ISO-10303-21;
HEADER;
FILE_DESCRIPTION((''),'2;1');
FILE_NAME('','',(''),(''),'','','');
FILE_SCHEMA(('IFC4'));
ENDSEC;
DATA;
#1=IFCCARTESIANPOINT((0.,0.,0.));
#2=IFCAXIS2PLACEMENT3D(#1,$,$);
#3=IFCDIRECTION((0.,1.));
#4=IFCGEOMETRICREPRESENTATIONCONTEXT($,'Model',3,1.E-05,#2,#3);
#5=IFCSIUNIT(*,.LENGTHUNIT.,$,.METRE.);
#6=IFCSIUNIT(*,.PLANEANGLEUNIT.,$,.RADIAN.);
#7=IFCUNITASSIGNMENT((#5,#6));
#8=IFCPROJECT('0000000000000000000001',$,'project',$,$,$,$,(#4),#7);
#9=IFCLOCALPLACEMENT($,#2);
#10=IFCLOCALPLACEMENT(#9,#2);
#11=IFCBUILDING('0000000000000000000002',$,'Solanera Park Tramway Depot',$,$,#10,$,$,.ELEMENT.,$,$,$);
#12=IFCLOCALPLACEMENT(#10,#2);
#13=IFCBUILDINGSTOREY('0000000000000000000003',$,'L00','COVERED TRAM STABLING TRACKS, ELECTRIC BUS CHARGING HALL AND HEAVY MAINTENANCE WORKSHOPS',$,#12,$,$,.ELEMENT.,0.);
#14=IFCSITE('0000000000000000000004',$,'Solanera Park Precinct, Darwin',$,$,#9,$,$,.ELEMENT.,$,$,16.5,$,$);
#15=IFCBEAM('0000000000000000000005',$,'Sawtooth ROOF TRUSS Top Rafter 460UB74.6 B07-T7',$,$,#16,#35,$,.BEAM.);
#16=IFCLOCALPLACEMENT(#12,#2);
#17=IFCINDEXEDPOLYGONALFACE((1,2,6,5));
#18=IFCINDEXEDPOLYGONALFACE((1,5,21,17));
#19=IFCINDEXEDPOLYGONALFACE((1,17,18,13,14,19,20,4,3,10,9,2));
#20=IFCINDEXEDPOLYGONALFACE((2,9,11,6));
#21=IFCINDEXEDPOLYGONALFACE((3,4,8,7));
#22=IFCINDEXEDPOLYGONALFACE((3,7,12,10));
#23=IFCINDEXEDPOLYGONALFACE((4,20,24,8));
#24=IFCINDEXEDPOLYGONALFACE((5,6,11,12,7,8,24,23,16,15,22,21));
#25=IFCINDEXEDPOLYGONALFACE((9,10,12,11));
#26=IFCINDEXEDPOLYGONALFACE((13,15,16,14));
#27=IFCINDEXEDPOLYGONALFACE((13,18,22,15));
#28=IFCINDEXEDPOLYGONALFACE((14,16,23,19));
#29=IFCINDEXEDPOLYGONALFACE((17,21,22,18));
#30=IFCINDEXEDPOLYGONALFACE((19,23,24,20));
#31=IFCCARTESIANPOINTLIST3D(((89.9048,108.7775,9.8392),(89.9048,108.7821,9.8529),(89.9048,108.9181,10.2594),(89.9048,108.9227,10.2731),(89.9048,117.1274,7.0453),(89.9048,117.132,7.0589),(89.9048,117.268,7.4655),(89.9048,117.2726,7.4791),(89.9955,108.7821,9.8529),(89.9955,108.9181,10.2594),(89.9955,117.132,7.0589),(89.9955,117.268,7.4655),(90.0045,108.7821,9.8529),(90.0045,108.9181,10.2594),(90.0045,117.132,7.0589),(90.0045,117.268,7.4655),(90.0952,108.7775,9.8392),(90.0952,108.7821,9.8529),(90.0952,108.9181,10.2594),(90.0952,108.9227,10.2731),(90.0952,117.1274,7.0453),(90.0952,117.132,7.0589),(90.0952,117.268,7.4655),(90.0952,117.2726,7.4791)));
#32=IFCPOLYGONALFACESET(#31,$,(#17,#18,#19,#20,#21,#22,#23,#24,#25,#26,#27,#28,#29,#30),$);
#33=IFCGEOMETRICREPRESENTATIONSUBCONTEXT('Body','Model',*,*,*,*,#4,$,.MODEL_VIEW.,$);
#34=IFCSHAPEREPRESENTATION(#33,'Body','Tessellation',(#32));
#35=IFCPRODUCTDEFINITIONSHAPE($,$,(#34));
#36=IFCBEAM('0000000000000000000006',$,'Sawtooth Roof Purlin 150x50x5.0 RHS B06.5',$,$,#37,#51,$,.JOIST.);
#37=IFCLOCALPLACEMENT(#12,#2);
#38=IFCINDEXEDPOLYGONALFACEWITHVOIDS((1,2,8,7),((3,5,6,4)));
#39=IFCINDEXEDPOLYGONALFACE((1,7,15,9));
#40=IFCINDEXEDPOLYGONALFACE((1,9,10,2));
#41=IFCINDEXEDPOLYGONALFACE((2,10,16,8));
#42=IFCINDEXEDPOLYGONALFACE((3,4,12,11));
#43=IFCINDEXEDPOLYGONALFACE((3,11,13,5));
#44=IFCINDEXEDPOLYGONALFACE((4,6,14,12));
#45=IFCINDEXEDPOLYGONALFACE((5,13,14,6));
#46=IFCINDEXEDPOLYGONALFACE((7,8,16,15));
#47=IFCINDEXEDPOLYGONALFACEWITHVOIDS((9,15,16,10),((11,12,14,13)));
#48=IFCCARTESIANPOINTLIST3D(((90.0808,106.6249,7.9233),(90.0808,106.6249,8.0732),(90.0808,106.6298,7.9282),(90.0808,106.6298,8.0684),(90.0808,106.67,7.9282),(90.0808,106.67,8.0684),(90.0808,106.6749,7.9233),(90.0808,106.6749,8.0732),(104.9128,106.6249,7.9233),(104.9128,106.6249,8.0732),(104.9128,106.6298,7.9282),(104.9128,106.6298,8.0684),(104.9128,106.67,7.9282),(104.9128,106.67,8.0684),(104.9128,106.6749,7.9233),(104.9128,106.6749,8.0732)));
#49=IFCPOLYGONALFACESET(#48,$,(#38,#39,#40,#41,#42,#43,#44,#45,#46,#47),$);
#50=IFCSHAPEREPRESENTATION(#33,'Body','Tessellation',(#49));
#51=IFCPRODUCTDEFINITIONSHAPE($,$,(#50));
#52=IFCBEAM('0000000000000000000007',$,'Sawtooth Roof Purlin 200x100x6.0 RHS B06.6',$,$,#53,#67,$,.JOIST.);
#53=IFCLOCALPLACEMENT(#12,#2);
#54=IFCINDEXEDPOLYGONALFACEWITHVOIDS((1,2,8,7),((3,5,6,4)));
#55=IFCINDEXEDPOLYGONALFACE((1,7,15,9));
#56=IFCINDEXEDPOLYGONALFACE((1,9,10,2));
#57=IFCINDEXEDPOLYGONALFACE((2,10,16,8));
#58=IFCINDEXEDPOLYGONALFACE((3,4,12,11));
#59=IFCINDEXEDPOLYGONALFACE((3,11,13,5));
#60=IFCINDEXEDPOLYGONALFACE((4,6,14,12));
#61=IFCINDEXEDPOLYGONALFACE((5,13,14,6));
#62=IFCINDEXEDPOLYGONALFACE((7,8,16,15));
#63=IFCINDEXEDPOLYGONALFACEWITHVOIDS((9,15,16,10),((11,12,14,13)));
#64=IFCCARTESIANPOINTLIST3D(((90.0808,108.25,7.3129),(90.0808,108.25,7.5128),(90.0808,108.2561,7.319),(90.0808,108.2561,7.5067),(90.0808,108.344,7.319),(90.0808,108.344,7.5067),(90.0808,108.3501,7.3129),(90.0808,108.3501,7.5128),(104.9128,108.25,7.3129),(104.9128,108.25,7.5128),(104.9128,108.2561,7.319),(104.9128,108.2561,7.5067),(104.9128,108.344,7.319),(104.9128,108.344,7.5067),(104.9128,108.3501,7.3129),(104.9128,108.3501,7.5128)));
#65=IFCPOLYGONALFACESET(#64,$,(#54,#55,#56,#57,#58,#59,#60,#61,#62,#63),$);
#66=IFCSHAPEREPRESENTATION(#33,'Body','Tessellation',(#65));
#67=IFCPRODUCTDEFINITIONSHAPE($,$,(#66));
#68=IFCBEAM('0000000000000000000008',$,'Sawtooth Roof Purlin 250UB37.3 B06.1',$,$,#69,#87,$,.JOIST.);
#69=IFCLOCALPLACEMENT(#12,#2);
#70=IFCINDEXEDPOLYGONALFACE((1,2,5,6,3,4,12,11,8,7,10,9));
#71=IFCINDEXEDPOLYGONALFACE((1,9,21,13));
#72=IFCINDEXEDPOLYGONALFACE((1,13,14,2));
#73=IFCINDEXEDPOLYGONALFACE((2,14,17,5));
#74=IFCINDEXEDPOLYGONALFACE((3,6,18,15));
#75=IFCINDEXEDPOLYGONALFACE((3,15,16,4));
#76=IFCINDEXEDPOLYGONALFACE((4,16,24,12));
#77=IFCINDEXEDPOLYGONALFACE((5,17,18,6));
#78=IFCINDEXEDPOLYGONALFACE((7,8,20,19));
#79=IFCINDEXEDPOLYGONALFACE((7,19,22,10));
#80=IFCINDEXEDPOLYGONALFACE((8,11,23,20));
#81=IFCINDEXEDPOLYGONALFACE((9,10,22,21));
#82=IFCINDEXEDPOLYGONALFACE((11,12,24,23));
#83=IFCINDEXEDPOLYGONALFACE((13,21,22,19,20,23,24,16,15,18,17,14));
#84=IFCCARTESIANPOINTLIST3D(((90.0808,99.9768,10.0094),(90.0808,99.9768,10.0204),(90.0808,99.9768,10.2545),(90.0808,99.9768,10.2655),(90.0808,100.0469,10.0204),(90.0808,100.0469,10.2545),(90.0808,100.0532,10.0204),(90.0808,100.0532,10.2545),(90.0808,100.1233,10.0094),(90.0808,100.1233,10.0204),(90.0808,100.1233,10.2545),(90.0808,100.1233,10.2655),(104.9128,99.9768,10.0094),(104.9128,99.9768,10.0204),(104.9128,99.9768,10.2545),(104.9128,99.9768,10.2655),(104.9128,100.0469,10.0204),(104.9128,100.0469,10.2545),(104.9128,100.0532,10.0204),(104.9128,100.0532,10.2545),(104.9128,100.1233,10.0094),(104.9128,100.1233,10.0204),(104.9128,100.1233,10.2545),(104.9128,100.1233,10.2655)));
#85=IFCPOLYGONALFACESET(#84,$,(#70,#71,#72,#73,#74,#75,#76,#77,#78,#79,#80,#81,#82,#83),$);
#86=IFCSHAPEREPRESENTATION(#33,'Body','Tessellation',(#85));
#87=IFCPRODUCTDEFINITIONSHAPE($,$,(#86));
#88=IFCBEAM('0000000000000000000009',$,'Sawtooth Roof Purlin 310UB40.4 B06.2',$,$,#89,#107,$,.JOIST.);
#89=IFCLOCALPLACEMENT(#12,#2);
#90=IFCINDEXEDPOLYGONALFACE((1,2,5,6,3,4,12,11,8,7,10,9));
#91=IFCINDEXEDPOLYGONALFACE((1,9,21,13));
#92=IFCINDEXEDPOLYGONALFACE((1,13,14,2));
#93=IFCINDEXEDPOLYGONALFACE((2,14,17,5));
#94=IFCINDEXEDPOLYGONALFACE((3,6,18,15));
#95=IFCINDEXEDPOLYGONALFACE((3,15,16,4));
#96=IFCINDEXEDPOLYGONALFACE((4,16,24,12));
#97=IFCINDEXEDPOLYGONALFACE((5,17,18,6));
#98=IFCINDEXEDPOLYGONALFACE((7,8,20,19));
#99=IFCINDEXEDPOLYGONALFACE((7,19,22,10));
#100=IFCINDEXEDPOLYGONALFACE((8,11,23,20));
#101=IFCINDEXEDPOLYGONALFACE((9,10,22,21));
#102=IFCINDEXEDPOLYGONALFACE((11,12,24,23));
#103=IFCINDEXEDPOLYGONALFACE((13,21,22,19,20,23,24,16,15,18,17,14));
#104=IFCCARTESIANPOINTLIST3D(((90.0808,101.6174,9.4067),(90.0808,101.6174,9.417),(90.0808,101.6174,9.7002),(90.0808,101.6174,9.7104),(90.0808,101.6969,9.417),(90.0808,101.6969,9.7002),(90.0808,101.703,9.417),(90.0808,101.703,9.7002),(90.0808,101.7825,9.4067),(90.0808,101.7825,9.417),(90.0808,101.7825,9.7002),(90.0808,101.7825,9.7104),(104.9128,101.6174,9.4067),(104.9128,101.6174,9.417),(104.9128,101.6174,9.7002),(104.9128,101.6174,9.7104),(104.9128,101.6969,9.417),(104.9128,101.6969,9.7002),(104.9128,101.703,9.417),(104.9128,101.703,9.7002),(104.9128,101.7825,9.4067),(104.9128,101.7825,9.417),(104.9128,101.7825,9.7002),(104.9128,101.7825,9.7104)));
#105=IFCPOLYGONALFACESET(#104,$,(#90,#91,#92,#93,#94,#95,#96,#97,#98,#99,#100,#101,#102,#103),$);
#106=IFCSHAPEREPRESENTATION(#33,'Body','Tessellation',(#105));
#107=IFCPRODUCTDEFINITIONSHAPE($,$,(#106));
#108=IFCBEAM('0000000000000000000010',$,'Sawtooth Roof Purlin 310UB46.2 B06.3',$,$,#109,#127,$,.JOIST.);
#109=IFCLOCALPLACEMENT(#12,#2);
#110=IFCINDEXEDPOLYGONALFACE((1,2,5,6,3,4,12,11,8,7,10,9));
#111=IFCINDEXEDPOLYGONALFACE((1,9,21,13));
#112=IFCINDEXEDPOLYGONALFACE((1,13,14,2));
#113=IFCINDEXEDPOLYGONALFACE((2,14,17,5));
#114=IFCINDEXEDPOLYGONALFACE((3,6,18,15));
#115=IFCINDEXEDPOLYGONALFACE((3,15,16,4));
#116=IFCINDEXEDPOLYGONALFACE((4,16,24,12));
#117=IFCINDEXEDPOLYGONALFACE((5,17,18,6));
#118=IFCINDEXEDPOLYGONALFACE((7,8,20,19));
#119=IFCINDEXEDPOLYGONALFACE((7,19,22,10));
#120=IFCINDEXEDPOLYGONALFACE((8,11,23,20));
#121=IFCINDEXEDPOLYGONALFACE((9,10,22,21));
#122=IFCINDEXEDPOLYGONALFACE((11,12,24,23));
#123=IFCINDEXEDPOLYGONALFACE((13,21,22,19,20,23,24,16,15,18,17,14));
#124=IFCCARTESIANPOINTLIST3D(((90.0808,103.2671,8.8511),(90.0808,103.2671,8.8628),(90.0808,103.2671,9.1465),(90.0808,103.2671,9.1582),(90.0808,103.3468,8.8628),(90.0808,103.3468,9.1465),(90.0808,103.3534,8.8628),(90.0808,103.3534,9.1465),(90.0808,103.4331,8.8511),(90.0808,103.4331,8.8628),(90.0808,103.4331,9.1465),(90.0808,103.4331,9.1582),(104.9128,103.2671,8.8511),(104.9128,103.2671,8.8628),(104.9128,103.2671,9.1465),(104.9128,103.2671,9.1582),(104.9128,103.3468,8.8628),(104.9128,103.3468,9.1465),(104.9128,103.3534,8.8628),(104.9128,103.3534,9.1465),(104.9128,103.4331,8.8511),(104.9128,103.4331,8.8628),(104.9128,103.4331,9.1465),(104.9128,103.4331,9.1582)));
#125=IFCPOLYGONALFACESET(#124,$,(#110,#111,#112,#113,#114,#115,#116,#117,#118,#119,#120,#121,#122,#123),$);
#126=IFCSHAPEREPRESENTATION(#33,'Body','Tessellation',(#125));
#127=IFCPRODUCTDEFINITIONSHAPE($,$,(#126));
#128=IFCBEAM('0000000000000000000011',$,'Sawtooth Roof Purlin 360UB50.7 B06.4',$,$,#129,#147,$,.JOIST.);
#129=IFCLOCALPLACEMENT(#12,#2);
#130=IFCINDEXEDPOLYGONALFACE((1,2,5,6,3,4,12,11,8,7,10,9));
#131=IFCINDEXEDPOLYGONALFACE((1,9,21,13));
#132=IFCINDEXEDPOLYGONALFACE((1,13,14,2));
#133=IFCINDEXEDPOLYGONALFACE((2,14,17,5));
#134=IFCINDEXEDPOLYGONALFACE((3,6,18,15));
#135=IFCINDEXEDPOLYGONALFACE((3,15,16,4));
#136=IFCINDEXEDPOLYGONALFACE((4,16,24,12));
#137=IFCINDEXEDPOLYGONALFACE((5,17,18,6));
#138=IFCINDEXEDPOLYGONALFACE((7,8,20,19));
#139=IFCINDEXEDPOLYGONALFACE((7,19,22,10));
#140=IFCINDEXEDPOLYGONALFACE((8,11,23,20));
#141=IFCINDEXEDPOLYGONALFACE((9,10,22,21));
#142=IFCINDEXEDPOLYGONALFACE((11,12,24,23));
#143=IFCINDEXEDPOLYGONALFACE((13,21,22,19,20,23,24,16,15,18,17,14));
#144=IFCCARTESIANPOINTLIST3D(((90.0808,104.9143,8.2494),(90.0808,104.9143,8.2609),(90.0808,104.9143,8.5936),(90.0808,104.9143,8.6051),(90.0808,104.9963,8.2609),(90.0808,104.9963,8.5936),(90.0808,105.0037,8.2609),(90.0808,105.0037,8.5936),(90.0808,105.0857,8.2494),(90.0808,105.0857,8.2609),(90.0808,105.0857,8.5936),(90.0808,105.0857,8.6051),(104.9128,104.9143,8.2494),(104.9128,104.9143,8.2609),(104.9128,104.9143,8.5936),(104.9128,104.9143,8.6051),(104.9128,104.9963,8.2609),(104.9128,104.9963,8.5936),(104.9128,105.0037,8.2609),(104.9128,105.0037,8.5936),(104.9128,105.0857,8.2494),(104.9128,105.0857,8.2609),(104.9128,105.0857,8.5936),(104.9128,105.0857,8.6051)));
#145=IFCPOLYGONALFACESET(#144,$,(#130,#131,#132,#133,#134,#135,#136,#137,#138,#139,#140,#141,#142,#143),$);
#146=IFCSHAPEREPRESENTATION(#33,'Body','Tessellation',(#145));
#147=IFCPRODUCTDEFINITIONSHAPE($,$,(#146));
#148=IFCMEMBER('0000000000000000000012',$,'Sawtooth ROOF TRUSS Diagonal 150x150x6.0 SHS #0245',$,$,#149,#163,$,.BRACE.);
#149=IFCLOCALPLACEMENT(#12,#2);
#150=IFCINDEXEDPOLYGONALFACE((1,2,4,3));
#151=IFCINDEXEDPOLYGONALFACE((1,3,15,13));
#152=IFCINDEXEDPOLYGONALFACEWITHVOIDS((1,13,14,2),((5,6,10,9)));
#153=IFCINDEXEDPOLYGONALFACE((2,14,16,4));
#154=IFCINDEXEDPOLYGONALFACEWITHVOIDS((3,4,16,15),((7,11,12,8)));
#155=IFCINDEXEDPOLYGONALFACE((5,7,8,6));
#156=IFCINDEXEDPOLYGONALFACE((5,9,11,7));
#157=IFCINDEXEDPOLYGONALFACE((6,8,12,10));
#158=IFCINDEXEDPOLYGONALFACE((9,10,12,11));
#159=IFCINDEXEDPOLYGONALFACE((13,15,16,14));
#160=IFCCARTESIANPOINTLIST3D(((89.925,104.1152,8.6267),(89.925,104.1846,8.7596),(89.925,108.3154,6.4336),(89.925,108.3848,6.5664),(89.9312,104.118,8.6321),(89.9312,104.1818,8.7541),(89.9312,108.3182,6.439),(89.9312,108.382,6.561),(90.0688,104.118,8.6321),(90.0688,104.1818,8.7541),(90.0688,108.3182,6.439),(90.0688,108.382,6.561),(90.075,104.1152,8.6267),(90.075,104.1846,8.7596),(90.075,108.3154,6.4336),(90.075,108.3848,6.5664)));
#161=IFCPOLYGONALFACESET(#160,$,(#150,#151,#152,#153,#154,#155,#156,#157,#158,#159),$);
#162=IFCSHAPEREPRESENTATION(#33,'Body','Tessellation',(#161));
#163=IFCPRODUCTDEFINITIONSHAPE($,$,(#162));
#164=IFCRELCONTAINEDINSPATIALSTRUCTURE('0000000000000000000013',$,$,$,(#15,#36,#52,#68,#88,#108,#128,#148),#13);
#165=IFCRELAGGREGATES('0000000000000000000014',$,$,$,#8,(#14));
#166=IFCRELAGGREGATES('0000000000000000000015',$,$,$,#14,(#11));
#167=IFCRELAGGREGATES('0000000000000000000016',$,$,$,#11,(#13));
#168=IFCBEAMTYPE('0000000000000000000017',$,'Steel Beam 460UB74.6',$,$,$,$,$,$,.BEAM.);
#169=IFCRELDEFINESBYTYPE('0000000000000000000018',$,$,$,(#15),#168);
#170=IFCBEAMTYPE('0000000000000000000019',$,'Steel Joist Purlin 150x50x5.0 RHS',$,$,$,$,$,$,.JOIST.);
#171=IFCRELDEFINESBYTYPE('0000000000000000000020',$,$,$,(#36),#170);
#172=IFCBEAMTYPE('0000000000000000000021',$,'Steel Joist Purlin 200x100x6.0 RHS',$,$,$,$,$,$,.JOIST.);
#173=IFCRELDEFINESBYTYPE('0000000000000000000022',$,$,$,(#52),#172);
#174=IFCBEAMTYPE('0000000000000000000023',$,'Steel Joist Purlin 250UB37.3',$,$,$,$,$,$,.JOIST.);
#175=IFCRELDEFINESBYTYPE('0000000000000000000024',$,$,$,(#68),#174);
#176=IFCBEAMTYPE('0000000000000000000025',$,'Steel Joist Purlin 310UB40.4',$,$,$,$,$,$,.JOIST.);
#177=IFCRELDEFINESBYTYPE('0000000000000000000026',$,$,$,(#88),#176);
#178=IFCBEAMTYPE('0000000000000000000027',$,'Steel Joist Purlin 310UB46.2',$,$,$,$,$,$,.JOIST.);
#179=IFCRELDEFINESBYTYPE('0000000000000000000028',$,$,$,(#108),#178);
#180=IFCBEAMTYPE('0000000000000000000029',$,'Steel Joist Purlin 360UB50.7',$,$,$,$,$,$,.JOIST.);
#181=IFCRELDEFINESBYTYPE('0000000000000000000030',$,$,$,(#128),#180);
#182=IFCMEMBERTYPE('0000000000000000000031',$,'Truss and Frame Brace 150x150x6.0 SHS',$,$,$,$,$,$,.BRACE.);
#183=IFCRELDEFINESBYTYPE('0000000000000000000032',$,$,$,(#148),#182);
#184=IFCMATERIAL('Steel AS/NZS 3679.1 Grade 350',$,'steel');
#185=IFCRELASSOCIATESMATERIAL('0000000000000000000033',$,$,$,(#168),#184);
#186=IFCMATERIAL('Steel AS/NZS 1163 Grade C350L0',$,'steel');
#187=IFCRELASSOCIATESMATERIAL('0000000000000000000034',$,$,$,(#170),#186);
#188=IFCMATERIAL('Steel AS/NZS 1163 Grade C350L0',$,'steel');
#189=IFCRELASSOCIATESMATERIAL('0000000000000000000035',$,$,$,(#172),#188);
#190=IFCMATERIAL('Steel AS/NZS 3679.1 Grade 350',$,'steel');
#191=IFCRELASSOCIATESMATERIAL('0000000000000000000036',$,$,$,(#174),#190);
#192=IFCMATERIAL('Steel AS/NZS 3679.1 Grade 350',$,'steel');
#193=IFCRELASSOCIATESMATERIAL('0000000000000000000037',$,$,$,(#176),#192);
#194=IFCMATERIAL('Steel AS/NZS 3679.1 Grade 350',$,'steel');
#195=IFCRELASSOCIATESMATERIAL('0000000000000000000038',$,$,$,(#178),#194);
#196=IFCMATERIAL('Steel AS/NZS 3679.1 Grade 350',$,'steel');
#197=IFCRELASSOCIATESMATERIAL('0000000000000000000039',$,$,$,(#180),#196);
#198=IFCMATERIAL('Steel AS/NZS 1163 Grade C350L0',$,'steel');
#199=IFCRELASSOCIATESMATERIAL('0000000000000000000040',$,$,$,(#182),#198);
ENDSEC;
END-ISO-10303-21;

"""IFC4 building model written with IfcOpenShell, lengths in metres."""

from ifc_helpers import new_model, si_unit, direction, frame, origin, origin_2d, place, context, subcontext, project, spatial, hollow_rectangle, i_section, extrude, material, material_profile, profile_set, type_object, element, save


model = new_model("IFC4")

# Units and contexts
model_context = context("Model", 3, precision=1e-05, world=origin(), true_north=direction((0.0, 1.0)))
body_context = subcontext(model_context, "Body", "Model", "MODEL_VIEW")
ifc_project = project(units=[si_unit("LENGTHUNIT", "METRE"), si_unit("PLANEANGLEUNIT", "RADIAN")], contexts=[model_context])

# Site, building, storey
site_placement = place(None, origin())
site = spatial("IfcSite", under=ifc_project, at=site_placement, Name="Solanera Park Precinct, Darwin", CompositionType="ELEMENT", RefElevation=16.5)
building_placement = place(site_placement, origin())
building = spatial("IfcBuilding", under=site, at=building_placement, Name="Solanera Park Tramway Depot", CompositionType="ELEMENT")
storey_placement = place(building_placement, origin())
storey = spatial("IfcBuildingStorey", under=building, at=storey_placement, Name="L00", Description="COVERED TRAM STABLING TRACKS, ELECTRIC BUS CHARGING HALL AND HEAVY MAINTENANCE WORKSHOPS", CompositionType="ELEMENT", Elevation=0.0)

# Beams
ifc_material_1 = material(Name="Steel AS/NZS 3679.1 Grade 350", Category="steel")
ifc_material_profile_1 = material_profile(ifc_material_1, i_section(OverallWidth=0.1904, OverallDepth=0.4575, WebThickness=0.009, FlangeThickness=0.0144, at=origin_2d()), Name="460UB74.6")
ifc_profile_set_1 = profile_set([ifc_material_profile_1], Name="Steel AS/NZS 3679.1 Grade 350")
beam_type_1 = type_object("IfcBeamType", Name="Steel Beam 460UB74.6", PredefinedType="BEAM", material=ifc_profile_set_1)
beam_1_placement = place(storey_placement, frame((90.0, 108.8501, 10.0562), z_axis=(0.0, 0.948319, -0.317317), x_axis=(-1.0, 0.0, 0.0)))
element("IfcBeam", 1, at=beam_1_placement, inside=storey, type_object=beam_type_1, Name="Sawtooth ROOF TRUSS Top Rafter 460UB74.6 B07-T7", PredefinedType="BEAM", context=body_context, shape_type="SweptSolid", body=[
    extrude(i_section(OverallWidth=0.1904, OverallDepth=0.4575, WebThickness=0.009, FlangeThickness=0.0144, at=origin_2d()), origin(), (0.0, 0.0, 1.0), 8.8049),
])
ifc_material_2 = material(Name="Steel AS/NZS 1163 Grade C350L0", Category="steel")
ifc_material_profile_2 = material_profile(ifc_material_2, hollow_rectangle(XDim=0.05, YDim=0.1499, WallThickness=0.0049, at=origin_2d()), Name="150x50x5.0 RHS")
ifc_profile_set_2 = profile_set([ifc_material_profile_2], Name="Steel AS/NZS 1163 Grade C350L0")
beam_type_2 = type_object("IfcBeamType", Name="Steel Joist Purlin 150x50x5.0 RHS", PredefinedType="JOIST", material=ifc_profile_set_2)
beam_2_placement = place(storey_placement, frame((90.0808, 106.6499, 7.9983), z_axis=(1.0, 0.0, 0.0), x_axis=(0.0, 1.0, 0.0)))
element("IfcBeam", 2, at=beam_2_placement, inside=storey, type_object=beam_type_2, Name="Sawtooth Roof Purlin 150x50x5.0 RHS B06.5", PredefinedType="JOIST", context=body_context, shape_type="SweptSolid", body=[
    extrude(hollow_rectangle(XDim=0.05, YDim=0.1499, WallThickness=0.0049, at=origin_2d()), origin(), (0.0, 0.0, 1.0), 14.832),
])
ifc_material_3 = material(Name="Steel AS/NZS 1163 Grade C350L0", Category="steel")
ifc_material_profile_3 = material_profile(ifc_material_3, hollow_rectangle(XDim=0.1001, YDim=0.2, WallThickness=0.0061, at=origin_2d()), Name="200x100x6.0 RHS")
ifc_profile_set_3 = profile_set([ifc_material_profile_3], Name="Steel AS/NZS 1163 Grade C350L0")
beam_type_3 = type_object("IfcBeamType", Name="Steel Joist Purlin 200x100x6.0 RHS", PredefinedType="JOIST", material=ifc_profile_set_3)
beam_3_placement = place(storey_placement, frame((90.0808, 108.3, 7.4128), z_axis=(1.0, 0.0, 0.0), x_axis=(0.0, 1.0, 0.0)))
element("IfcBeam", 3, at=beam_3_placement, inside=storey, type_object=beam_type_3, Name="Sawtooth Roof Purlin 200x100x6.0 RHS B06.6", PredefinedType="JOIST", context=body_context, shape_type="SweptSolid", body=[
    extrude(hollow_rectangle(XDim=0.1001, YDim=0.2, WallThickness=0.0061, at=origin_2d()), origin(), (0.0, 0.0, 1.0), 14.832),
])
ifc_material_4 = material(Name="Steel AS/NZS 3679.1 Grade 350", Category="steel")
ifc_material_profile_4 = material_profile(ifc_material_4, i_section(OverallWidth=0.1465, OverallDepth=0.2561, WebThickness=0.0063, FlangeThickness=0.011, at=origin_2d()), Name="250UB37.3")
ifc_profile_set_4 = profile_set([ifc_material_profile_4], Name="Steel AS/NZS 3679.1 Grade 350")
beam_type_4 = type_object("IfcBeamType", Name="Steel Joist Purlin 250UB37.3", PredefinedType="JOIST", material=ifc_profile_set_4)
beam_4_placement = place(storey_placement, frame((90.0808, 100.05, 10.1375), z_axis=(1.0, 0.0, 0.0), x_axis=(0.0, 1.0, 0.0)))
element("IfcBeam", 4, at=beam_4_placement, inside=storey, type_object=beam_type_4, Name="Sawtooth Roof Purlin 250UB37.3 B06.1", PredefinedType="JOIST", context=body_context, shape_type="SweptSolid", body=[
    extrude(i_section(OverallWidth=0.1465, OverallDepth=0.2561, WebThickness=0.0063, FlangeThickness=0.011, at=origin_2d()), origin(), (0.0, 0.0, 1.0), 14.832),
])
ifc_material_5 = material(Name="Steel AS/NZS 3679.1 Grade 350", Category="steel")
ifc_material_profile_5 = material_profile(ifc_material_5, i_section(OverallWidth=0.165, OverallDepth=0.3037, WebThickness=0.0061, FlangeThickness=0.0103, at=origin_2d()), Name="310UB40.4")
ifc_profile_set_5 = profile_set([ifc_material_profile_5], Name="Steel AS/NZS 3679.1 Grade 350")
beam_type_5 = type_object("IfcBeamType", Name="Steel Joist Purlin 310UB40.4", PredefinedType="JOIST", material=ifc_profile_set_5)
beam_5_placement = place(storey_placement, frame((90.0808, 101.7, 9.5586), z_axis=(1.0, 0.0, 0.0), x_axis=(0.0, 1.0, 0.0)))
element("IfcBeam", 5, at=beam_5_placement, inside=storey, type_object=beam_type_5, Name="Sawtooth Roof Purlin 310UB40.4 B06.2", PredefinedType="JOIST", context=body_context, shape_type="SweptSolid", body=[
    extrude(i_section(OverallWidth=0.165, OverallDepth=0.3037, WebThickness=0.0061, FlangeThickness=0.0103, at=origin_2d()), origin(), (0.0, 0.0, 1.0), 14.832),
])
ifc_material_6 = material(Name="Steel AS/NZS 3679.1 Grade 350", Category="steel")
ifc_material_profile_6 = material_profile(ifc_material_6, i_section(OverallWidth=0.166, OverallDepth=0.3071, WebThickness=0.0066, FlangeThickness=0.0117, at=origin_2d()), Name="310UB46.2")
ifc_profile_set_6 = profile_set([ifc_material_profile_6], Name="Steel AS/NZS 3679.1 Grade 350")
beam_type_6 = type_object("IfcBeamType", Name="Steel Joist Purlin 310UB46.2", PredefinedType="JOIST", material=ifc_profile_set_6)
beam_6_placement = place(storey_placement, frame((90.0808, 103.3501, 9.0046), z_axis=(1.0, 0.0, 0.0), x_axis=(0.0, 1.0, 0.0)))
element("IfcBeam", 6, at=beam_6_placement, inside=storey, type_object=beam_type_6, Name="Sawtooth Roof Purlin 310UB46.2 B06.3", PredefinedType="JOIST", context=body_context, shape_type="SweptSolid", body=[
    extrude(i_section(OverallWidth=0.166, OverallDepth=0.3071, WebThickness=0.0066, FlangeThickness=0.0117, at=origin_2d()), origin(), (0.0, 0.0, 1.0), 14.832),
])
ifc_material_7 = material(Name="Steel AS/NZS 3679.1 Grade 350", Category="steel")
ifc_material_profile_7 = material_profile(ifc_material_7, i_section(OverallWidth=0.1714, OverallDepth=0.3557, WebThickness=0.0073, FlangeThickness=0.0115, at=origin_2d()), Name="360UB50.7")
ifc_profile_set_7 = profile_set([ifc_material_profile_7], Name="Steel AS/NZS 3679.1 Grade 350")
beam_type_7 = type_object("IfcBeamType", Name="Steel Joist Purlin 360UB50.7", PredefinedType="JOIST", material=ifc_profile_set_7)
beam_7_placement = place(storey_placement, frame((90.0808, 105.0, 8.4272), z_axis=(1.0, 0.0, 0.0), x_axis=(0.0, 1.0, 0.0)))
element("IfcBeam", 7, at=beam_7_placement, inside=storey, type_object=beam_type_7, Name="Sawtooth Roof Purlin 360UB50.7 B06.4", PredefinedType="JOIST", context=body_context, shape_type="SweptSolid", body=[
    extrude(i_section(OverallWidth=0.1714, OverallDepth=0.3557, WebThickness=0.0073, FlangeThickness=0.0115, at=origin_2d()), origin(), (0.0, 0.0, 1.0), 14.832),
])

# Member
ifc_material_8 = material(Name="Steel AS/NZS 1163 Grade C350L0", Category="steel")
ifc_material_profile_8 = material_profile(ifc_material_8, hollow_rectangle(XDim=0.1499, YDim=0.1499, WallThickness=0.0061, at=origin_2d()), Name="150x150x6.0 SHS")
ifc_profile_set_8 = profile_set([ifc_material_profile_8], Name="Steel AS/NZS 1163 Grade C350L0")
member_type_1 = type_object("IfcMemberType", Name="Truss and Frame Brace 150x150x6.0 SHS", PredefinedType="BRACE", material=ifc_profile_set_8)
member_1_placement = place(storey_placement, frame((90.0, 108.3501, 6.5), z_axis=(0.0, -0.886437, 0.462849), x_axis=(1.0, 0.0, 0.0)))
element("IfcMember", 8, at=member_1_placement, inside=storey, type_object=member_type_1, Name="Sawtooth ROOF TRUSS Diagonal 150x150x6.0 SHS #0245", PredefinedType="BRACE", context=body_context, shape_type="SweptSolid", body=[
    extrude(hollow_rectangle(XDim=0.1499, YDim=0.1499, WallThickness=0.0061, at=origin_2d()), origin(), (0.0, 0.0, 1.0), 4.7383),
])

save(model, "model.ifc")
